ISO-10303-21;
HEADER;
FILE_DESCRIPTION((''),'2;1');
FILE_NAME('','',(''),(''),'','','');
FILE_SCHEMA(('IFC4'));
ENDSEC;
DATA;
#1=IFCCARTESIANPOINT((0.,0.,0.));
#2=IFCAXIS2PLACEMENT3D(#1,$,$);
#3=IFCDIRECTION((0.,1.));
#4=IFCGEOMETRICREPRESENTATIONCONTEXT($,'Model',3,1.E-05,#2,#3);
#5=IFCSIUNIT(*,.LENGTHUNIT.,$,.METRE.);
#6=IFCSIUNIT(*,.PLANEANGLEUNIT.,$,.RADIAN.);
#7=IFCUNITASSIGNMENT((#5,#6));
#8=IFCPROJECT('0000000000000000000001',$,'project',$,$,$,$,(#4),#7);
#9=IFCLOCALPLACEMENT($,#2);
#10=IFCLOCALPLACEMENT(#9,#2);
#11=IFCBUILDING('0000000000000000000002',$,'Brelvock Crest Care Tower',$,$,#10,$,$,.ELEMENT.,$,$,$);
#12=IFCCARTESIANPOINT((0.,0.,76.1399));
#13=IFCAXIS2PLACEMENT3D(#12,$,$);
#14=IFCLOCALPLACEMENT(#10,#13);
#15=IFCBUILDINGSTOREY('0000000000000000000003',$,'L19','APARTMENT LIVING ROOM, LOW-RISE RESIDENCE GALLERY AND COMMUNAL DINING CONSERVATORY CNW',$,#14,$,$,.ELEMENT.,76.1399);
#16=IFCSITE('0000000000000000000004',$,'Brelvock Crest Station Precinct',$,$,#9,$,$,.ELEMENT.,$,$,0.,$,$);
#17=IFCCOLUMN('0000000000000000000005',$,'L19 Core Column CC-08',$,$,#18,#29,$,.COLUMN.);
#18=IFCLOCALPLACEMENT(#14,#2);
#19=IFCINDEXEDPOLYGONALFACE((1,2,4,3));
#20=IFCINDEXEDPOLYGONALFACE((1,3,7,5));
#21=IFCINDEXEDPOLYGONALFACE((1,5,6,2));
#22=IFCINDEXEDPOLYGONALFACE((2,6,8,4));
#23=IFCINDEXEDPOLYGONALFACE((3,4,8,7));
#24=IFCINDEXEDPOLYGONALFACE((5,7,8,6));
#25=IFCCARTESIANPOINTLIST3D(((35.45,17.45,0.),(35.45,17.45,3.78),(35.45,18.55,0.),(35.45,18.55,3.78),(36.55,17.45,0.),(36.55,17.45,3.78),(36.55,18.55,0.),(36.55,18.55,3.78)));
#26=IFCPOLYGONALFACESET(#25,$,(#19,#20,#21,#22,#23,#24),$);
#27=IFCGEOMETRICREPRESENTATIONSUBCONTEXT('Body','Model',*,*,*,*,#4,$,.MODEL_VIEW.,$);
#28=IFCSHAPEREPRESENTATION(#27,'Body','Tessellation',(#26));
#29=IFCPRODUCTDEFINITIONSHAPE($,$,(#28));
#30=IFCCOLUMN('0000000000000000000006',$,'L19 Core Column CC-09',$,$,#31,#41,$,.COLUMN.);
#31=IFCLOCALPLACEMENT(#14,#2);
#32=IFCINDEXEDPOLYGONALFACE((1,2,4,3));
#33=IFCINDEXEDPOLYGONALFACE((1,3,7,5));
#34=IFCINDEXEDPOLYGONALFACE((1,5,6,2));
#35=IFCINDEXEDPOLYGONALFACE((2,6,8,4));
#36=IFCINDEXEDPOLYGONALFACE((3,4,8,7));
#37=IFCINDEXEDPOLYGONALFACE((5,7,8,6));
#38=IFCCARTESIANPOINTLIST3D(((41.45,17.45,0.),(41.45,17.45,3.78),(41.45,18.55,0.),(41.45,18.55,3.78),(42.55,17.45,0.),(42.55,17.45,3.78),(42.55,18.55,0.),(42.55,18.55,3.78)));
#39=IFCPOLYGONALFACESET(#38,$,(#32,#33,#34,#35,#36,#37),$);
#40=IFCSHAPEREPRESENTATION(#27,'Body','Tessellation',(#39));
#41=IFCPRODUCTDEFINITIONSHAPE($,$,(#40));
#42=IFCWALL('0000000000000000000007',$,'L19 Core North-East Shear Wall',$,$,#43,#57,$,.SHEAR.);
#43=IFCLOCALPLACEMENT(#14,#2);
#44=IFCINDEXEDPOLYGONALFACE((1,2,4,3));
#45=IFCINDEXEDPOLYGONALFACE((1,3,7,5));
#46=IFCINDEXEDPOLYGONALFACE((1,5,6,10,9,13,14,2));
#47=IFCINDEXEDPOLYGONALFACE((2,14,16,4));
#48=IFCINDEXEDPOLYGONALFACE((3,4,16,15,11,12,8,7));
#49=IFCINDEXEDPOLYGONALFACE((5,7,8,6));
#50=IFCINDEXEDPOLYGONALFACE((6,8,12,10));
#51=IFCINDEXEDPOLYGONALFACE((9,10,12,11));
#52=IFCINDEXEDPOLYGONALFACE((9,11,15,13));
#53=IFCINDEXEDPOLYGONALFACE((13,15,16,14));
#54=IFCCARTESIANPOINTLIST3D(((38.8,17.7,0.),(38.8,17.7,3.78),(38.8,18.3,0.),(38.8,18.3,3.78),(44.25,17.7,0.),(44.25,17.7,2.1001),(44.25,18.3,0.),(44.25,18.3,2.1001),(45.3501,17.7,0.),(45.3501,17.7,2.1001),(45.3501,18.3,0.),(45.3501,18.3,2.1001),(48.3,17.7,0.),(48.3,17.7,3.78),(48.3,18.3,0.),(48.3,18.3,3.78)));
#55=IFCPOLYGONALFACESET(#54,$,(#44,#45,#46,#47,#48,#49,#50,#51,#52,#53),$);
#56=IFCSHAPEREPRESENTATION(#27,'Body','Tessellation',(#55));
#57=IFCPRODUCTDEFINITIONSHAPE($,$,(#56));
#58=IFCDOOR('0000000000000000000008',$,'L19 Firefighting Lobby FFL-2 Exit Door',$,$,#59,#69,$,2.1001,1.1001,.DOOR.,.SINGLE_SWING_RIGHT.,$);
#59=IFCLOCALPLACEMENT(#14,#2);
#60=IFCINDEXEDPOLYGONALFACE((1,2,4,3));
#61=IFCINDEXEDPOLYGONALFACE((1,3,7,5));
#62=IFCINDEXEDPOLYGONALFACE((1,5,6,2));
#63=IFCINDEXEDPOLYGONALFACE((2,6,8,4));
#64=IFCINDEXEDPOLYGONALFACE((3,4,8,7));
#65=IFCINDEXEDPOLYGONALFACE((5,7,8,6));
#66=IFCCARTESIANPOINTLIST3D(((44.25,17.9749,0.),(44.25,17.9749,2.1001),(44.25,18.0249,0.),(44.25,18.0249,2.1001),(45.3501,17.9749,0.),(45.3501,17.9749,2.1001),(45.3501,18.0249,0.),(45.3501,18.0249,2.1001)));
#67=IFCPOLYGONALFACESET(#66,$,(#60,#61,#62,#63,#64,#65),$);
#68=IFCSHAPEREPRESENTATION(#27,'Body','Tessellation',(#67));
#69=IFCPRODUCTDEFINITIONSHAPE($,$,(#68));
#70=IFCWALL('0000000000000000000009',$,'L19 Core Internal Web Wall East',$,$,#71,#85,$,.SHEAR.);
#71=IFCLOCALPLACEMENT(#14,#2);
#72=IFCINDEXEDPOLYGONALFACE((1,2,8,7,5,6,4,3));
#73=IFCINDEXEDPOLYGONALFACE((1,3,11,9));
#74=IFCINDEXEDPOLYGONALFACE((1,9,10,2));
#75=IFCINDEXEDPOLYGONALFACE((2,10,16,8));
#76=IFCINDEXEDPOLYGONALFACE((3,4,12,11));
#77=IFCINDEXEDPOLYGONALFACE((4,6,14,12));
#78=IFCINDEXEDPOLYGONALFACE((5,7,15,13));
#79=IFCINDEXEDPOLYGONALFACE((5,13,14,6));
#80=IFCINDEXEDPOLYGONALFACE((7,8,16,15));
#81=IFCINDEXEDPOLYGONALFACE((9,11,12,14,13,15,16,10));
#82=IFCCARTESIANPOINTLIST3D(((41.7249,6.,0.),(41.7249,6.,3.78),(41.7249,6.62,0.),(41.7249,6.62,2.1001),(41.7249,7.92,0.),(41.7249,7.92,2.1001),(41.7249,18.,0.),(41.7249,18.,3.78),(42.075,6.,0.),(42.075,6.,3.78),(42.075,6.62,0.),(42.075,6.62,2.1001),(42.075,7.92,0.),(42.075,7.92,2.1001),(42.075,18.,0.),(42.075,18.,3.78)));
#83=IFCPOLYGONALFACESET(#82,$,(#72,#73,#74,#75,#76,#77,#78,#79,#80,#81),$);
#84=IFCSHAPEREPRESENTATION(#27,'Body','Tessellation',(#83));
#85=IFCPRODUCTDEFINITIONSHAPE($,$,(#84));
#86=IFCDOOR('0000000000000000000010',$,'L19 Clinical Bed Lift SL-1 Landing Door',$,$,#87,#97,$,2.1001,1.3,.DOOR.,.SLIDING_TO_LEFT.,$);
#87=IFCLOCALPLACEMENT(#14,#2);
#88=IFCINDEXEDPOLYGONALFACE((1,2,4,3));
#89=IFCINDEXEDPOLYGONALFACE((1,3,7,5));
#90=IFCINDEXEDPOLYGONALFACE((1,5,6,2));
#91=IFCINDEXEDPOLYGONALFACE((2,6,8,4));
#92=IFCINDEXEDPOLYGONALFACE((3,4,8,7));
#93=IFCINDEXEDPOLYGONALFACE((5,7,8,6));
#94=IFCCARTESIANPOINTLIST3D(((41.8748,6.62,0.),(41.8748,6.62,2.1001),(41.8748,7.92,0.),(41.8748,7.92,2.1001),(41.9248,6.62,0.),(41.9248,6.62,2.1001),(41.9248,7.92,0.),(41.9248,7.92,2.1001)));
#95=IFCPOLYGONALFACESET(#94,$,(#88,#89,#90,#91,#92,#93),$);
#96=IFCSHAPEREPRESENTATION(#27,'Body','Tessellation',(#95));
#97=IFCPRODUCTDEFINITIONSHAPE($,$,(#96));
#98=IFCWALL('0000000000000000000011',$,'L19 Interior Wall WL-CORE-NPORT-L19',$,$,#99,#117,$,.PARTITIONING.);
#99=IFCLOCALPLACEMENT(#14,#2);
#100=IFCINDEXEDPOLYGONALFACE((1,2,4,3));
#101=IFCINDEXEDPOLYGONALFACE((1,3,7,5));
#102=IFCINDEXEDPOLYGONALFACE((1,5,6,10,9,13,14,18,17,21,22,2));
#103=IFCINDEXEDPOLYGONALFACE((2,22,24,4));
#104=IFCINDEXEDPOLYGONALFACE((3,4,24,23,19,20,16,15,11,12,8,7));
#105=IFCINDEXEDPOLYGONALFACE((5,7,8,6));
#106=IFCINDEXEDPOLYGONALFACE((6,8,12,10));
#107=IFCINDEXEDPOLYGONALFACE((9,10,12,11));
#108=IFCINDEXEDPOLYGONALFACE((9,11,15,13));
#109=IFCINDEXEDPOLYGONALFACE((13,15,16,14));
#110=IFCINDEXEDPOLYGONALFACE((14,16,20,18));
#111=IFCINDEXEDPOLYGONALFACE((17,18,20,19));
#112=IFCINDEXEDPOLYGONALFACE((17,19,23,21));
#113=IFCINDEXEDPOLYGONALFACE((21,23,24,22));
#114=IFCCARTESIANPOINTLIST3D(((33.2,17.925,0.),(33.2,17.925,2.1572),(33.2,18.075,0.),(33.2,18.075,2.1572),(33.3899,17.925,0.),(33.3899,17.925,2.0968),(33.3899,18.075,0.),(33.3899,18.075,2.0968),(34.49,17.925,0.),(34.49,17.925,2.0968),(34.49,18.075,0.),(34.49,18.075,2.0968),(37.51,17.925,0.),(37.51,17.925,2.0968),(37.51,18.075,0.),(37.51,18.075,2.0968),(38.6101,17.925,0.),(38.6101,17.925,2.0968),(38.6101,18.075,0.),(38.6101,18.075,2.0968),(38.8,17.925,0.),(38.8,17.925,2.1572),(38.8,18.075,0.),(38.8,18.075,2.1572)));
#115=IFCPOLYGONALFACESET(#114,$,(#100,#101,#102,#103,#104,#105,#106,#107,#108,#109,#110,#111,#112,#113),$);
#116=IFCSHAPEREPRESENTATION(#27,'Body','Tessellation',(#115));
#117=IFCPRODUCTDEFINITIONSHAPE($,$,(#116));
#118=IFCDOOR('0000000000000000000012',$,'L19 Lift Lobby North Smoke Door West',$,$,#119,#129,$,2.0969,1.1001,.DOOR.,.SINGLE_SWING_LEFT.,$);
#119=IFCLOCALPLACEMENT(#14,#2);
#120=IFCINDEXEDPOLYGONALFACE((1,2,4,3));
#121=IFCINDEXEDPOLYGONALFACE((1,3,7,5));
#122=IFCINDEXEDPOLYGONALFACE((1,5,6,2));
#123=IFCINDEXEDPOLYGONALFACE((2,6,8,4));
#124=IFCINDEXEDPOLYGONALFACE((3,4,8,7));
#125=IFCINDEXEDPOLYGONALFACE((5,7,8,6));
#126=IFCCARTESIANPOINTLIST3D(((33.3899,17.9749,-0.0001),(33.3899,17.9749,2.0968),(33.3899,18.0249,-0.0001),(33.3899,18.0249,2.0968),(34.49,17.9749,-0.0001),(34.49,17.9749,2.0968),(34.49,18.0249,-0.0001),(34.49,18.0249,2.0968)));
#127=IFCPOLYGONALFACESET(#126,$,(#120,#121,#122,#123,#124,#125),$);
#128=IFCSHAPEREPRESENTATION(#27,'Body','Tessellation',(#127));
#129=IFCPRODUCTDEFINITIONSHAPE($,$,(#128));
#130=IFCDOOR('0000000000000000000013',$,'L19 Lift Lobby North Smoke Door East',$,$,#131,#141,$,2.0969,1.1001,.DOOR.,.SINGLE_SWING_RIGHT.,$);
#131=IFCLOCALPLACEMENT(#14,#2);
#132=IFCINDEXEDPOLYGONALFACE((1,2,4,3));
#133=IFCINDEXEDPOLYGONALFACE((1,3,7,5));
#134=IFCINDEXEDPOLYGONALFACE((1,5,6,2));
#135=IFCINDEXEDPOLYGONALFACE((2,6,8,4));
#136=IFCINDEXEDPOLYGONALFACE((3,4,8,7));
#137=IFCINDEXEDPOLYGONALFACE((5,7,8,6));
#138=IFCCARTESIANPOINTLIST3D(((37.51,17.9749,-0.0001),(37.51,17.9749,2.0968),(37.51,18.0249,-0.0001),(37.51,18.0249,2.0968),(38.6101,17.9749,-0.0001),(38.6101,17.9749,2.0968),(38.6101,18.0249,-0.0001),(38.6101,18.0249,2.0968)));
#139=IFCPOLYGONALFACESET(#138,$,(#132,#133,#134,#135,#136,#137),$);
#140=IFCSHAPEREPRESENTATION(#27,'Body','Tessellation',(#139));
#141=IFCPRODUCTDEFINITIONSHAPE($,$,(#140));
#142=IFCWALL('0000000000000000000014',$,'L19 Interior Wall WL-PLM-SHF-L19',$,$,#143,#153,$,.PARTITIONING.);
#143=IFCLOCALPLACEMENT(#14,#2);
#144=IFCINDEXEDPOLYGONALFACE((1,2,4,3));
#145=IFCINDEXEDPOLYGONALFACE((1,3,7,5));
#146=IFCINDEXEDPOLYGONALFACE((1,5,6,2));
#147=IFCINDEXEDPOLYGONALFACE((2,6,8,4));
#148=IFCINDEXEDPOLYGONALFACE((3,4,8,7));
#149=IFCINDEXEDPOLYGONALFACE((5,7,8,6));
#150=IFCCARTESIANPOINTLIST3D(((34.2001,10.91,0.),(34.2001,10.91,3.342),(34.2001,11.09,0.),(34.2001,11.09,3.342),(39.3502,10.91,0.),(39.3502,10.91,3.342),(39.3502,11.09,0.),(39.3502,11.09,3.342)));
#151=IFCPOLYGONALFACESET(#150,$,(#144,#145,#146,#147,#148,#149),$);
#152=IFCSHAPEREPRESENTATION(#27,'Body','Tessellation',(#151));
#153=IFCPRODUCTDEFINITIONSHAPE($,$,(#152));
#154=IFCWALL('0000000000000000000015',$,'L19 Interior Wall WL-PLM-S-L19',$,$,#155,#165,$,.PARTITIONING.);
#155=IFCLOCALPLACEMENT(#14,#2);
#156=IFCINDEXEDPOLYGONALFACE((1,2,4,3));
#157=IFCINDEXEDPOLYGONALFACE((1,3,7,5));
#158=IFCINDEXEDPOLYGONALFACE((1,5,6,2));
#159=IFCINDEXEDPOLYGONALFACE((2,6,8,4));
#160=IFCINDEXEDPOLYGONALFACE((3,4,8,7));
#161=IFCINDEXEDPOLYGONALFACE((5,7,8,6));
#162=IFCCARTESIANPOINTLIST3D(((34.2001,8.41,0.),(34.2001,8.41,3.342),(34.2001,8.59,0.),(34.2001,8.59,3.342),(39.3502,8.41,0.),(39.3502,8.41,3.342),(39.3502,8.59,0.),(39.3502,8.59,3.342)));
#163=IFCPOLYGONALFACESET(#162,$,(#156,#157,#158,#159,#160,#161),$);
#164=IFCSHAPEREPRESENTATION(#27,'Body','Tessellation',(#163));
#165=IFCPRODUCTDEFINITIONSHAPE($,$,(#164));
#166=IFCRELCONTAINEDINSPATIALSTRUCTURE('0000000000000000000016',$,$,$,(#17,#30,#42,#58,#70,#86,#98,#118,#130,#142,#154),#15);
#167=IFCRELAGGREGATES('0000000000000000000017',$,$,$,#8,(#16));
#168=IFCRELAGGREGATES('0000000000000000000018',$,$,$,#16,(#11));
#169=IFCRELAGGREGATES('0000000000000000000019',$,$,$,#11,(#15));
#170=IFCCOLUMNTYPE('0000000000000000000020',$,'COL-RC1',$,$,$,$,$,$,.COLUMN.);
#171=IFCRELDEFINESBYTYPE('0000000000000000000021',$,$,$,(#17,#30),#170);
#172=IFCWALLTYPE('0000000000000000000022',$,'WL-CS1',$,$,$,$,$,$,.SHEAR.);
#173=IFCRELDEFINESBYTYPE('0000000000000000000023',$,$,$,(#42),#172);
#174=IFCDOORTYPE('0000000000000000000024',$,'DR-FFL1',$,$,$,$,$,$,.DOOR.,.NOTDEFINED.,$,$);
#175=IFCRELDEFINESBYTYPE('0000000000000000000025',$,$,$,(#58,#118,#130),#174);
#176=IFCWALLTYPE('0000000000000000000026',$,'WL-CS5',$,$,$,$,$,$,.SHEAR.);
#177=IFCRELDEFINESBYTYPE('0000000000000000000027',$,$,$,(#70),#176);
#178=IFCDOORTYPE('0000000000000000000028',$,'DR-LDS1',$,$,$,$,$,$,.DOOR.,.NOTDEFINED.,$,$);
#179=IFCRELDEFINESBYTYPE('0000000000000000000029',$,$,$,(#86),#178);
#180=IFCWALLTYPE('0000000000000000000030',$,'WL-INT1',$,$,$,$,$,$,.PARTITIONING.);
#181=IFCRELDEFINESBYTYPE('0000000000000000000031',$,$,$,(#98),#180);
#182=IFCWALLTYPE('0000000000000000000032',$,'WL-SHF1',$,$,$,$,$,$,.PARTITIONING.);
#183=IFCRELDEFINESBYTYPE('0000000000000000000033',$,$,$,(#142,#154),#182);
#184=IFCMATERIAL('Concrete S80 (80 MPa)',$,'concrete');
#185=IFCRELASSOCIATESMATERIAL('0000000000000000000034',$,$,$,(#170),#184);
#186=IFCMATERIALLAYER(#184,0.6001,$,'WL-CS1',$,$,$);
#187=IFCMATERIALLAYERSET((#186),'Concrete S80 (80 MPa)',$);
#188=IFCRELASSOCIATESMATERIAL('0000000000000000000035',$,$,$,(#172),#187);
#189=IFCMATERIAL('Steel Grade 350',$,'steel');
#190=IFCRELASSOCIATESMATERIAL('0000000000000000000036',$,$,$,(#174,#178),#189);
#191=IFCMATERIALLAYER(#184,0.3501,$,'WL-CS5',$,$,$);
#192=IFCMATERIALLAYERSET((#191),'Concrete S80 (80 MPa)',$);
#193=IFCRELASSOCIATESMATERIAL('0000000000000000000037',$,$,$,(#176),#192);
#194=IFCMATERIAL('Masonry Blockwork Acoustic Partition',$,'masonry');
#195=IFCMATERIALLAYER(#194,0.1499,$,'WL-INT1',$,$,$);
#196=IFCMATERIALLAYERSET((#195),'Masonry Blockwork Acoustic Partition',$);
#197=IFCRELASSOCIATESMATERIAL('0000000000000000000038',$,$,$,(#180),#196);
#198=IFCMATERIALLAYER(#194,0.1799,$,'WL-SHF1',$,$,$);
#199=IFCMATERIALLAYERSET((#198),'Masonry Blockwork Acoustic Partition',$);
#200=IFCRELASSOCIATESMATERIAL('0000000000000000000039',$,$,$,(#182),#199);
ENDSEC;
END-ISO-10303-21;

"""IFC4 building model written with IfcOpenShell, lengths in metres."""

from ifc_helpers import new_model, si_unit, direction, frame, frame_2d, origin, origin_2d, place, context, subcontext, project, spatial, rectangle, extrude, source, transform, mapped, material, layer, layer_set, material_profile, profile_set, type_object, element, fill, save


model = new_model("IFC4")

# Units and contexts
model_context = context("Model", 3, precision=1e-05, world=origin(), true_north=direction((0.0, 1.0)))
body_context = subcontext(model_context, "Body", "Model", "MODEL_VIEW")
ifc_project = project(units=[si_unit("LENGTHUNIT", "METRE"), si_unit("PLANEANGLEUNIT", "RADIAN")], contexts=[model_context])

# Site, building, storey
site_placement = place(None, origin())
site = spatial("IfcSite", under=ifc_project, at=site_placement, Name="Brelvock Crest Station Precinct", CompositionType="ELEMENT", RefElevation=0.0)
building_placement = place(site_placement, origin())
building = spatial("IfcBuilding", under=site, at=building_placement, Name="Brelvock Crest Care Tower", CompositionType="ELEMENT")
storey_placement = place(building_placement, frame((0.0, 0.0, 76.1399)))
storey = spatial("IfcBuildingStorey", under=building, at=storey_placement, Name="L19", Description="APARTMENT LIVING ROOM, LOW-RISE RESIDENCE GALLERY AND COMMUNAL DINING CONSERVATORY CNW", CompositionType="ELEMENT", Elevation=76.1399)

# Columns
ifc_material_1 = material(Name="Concrete S80 (80 MPa)", Category="concrete")
ifc_material_profile = material_profile(ifc_material_1, rectangle(XDim=1.1001, YDim=1.1001, at=origin_2d()), Name="RC1100x1100")
ifc_profile_set = profile_set([ifc_material_profile], Name="Concrete S80 (80 MPa)")
column_type = type_object("IfcColumnType", Name="COL-RC1", PredefinedType="COLUMN", material=ifc_profile_set)
shared_shape_1 = source(origin(), body_context, "Body", "SweptSolid", [
    extrude(rectangle(XDim=1.1001, YDim=1.1001, at=origin_2d()), origin(), (0.0, 0.0, 1.0), 3.78),
])
for number, where, z_axis, x_axis, name in (
    (1, (36.0, 18.0, 0.0), (0.0, 0.0, 1.0), (1.0, 0.0, 0.0), "L19 Core Column CC-08"),
    (2, (42.0, 18.0, 0.0), (0.0, 0.0, 1.0), (1.0, 0.0, 0.0), "L19 Core Column CC-09"),
):
    element("IfcColumn", number, at=place(storey_placement, frame(where, z_axis=z_axis, x_axis=x_axis)), inside=storey, type_object=column_type, Name=name, PredefinedType="COLUMN", context=body_context, shape_type="MappedRepresentation", body=[
        mapped(shared_shape_1, transform((0.0, 0.0, 0.0), x_axis=(1.0, 0.0, 0.0), y_axis=(0.0, 1.0, 0.0), z_axis=(0.0, 0.0, 1.0), scale=1.0)),
    ])

# Walls, openings, doors
ifc_layer_1 = layer(ifc_material_1, 0.6001, Name="WL-CS1")
ifc_layer_set_1 = layer_set([ifc_layer_1], Name="Concrete S80 (80 MPa)")
wall_type_1 = type_object("IfcWallType", Name="WL-CS1", PredefinedType="SHEAR", material=ifc_layer_set_1)
wall_1_placement = place(storey_placement, frame((38.8, 18.0, 0.0), z_axis=(0.0, 0.0, 1.0), x_axis=(1.0, 0.0, 0.0)))
wall_1 = element("IfcWall", 3, at=wall_1_placement, inside=storey, type_object=wall_type_1, Name="L19 Core North-East Shear Wall", PredefinedType="SHEAR", context=body_context, shape_type="SweptSolid", body=[
    extrude(rectangle(XDim=9.5, YDim=0.6001, at=frame_2d((4.75, 0.0))), origin(), (0.0, 0.0, 1.0), 3.78),
])
opening_1_placement = place(wall_1_placement, frame((5.45, 0.0, 0.0)))
opening_1 = element("IfcOpeningElement", 4, at=opening_1_placement, cuts=wall_1, PredefinedType="OPENING", context=body_context, shape_type="SweptSolid", body=[
    extrude(rectangle(XDim=1.1001, YDim=2.1001, at=origin_2d()), frame((0.55, 0.3101, 1.05), z_axis=(0.0, -1.0, 0.0), x_axis=(1.0, 0.0, 0.0)), (0.0, 0.0, 1.0), 0.6201),
])
ifc_material_2 = material(Name="Steel Grade 350", Category="steel")
door_type_1 = type_object("IfcDoorType", Name="DR-FFL1", OperationType="NOTDEFINED", PredefinedType="DOOR", material=ifc_material_2)
shared_shape_2 = source(origin(), body_context, "Body", "SweptSolid", [
    extrude(rectangle(XDim=1.1001, YDim=2.1001, at=origin_2d()), frame((0.55, 0.0249, 1.05), z_axis=(0.0, -1.0, 0.0), x_axis=(1.0, 0.0, 0.0)), (0.0, 0.0, 1.0), 0.05),
])
door_1_placement = place(opening_1_placement, origin())
door_1 = element("IfcDoor", 5, at=door_1_placement, inside=storey, type_object=door_type_1, Name="L19 Firefighting Lobby FFL-2 Exit Door", OperationType="SINGLE_SWING_RIGHT", OverallHeight=2.1001, OverallWidth=1.1001, PredefinedType="DOOR", context=body_context, shape_type="MappedRepresentation", body=[
    mapped(shared_shape_2, transform((0.0, 0.0, 0.0), x_axis=(1.0, 0.0, 0.0), y_axis=(0.0, 1.0, 0.0), z_axis=(0.0, 0.0, 1.0), scale=1.0)),
])
fill(opening_1, door_1)
ifc_layer_2 = layer(ifc_material_1, 0.3501, Name="WL-CS5")
ifc_layer_set_2 = layer_set([ifc_layer_2], Name="Concrete S80 (80 MPa)")
wall_type_2 = type_object("IfcWallType", Name="WL-CS5", PredefinedType="SHEAR", material=ifc_layer_set_2)
wall_2_placement = place(storey_placement, frame((41.8999, 18.0, 0.0), z_axis=(0.0, 0.0, 1.0), x_axis=(0.0, -1.0, 0.0)))
wall_2 = element("IfcWall", 6, at=wall_2_placement, inside=storey, type_object=wall_type_2, Name="L19 Core Internal Web Wall East", PredefinedType="SHEAR", context=body_context, shape_type="SweptSolid", body=[
    extrude(rectangle(XDim=12.0, YDim=0.3501, at=frame_2d((6.0, 0.0))), origin(), (0.0, 0.0, 1.0), 3.78),
])
opening_2_placement = place(wall_2_placement, frame((10.0801, 0.0, 0.0)))
opening_2 = element("IfcOpeningElement", 7, at=opening_2_placement, cuts=wall_2, PredefinedType="OPENING", context=body_context, shape_type="SweptSolid", body=[
    extrude(rectangle(XDim=1.3, YDim=2.1001, at=origin_2d()), frame((0.6499, 0.1851, 1.05), z_axis=(0.0, -1.0, 0.0), x_axis=(1.0, 0.0, 0.0)), (0.0, 0.0, 1.0), 0.3701),
])
door_type_2 = type_object("IfcDoorType", Name="DR-LDS1", OperationType="NOTDEFINED", PredefinedType="DOOR", material=ifc_material_2)
shared_shape_3 = source(origin(), body_context, "Body", "SweptSolid", [
    extrude(rectangle(XDim=1.3, YDim=2.1001, at=origin_2d()), frame((0.6499, 0.0249, 1.05), z_axis=(0.0, -1.0, 0.0), x_axis=(1.0, 0.0, 0.0)), (0.0, 0.0, 1.0), 0.05),
])
door_2_placement = place(opening_2_placement, origin())
door_2 = element("IfcDoor", 8, at=door_2_placement, inside=storey, type_object=door_type_2, Name="L19 Clinical Bed Lift SL-1 Landing Door", OperationType="SLIDING_TO_LEFT", OverallHeight=2.1001, OverallWidth=1.3, PredefinedType="DOOR", context=body_context, shape_type="MappedRepresentation", body=[
    mapped(shared_shape_3, transform((0.0, 0.0, 0.0), x_axis=(1.0, 0.0, 0.0), y_axis=(0.0, 1.0, 0.0), z_axis=(0.0, 0.0, 1.0), scale=1.0)),
])
fill(opening_2, door_2)

# Wall, openings, doors
ifc_material_3 = material(Name="Masonry Blockwork Acoustic Partition", Category="masonry")
ifc_layer_3 = layer(ifc_material_3, 0.1499, Name="WL-INT1")
ifc_layer_set_3 = layer_set([ifc_layer_3], Name="Masonry Blockwork Acoustic Partition")
wall_type_3 = type_object("IfcWallType", Name="WL-INT1", PredefinedType="PARTITIONING", material=ifc_layer_set_3)
wall_3_placement = place(storey_placement, frame((33.2, 18.0, 0.0), z_axis=(0.0, 0.0, 1.0), x_axis=(1.0, 0.0, 0.0)))
wall_3 = element("IfcWall", 9, at=wall_3_placement, inside=storey, type_object=wall_type_3, Name="L19 Interior Wall WL-CORE-NPORT-L19", PredefinedType="PARTITIONING", context=body_context, shape_type="SweptSolid", body=[
    extrude(rectangle(XDim=5.6001, YDim=0.1499, at=frame_2d((2.8, 0.0))), origin(), (0.0, 0.0, 1.0), 2.1572),
])
opening_3_placement = place(wall_3_placement, frame((0.1899, 0.0, 0.0)))
opening_3 = element("IfcOpeningElement", 10, at=opening_3_placement, cuts=wall_3, PredefinedType="OPENING", context=body_context, shape_type="SweptSolid", body=[
    extrude(rectangle(XDim=1.1001, YDim=2.0969, at=origin_2d()), frame((0.55, 0.085, 1.0483), z_axis=(0.0, -1.0, 0.0), x_axis=(1.0, 0.0, 0.0)), (0.0, 0.0, 1.0), 0.1699),
])
opening_4_placement = place(wall_3_placement, frame((4.3101, 0.0, 0.0)))
opening_4 = element("IfcOpeningElement", 11, at=opening_4_placement, cuts=wall_3, PredefinedType="OPENING", context=body_context, shape_type="SweptSolid", body=[
    extrude(rectangle(XDim=1.1001, YDim=2.0969, at=origin_2d()), frame((0.55, 0.085, 1.0483), z_axis=(0.0, -1.0, 0.0), x_axis=(1.0, 0.0, 0.0)), (0.0, 0.0, 1.0), 0.1699),
])
shared_shape_4 = source(origin(), body_context, "Body", "SweptSolid", [
    extrude(rectangle(XDim=1.1001, YDim=2.0969, at=origin_2d()), frame((0.55, 0.0249, 1.0483), z_axis=(0.0, -1.0, 0.0), x_axis=(1.0, 0.0, 0.0)), (0.0, 0.0, 1.0), 0.05),
])
door_3_placement = place(opening_3_placement, origin())
door_3 = element("IfcDoor", 12, at=door_3_placement, inside=storey, type_object=door_type_1, Name="L19 Lift Lobby North Smoke Door West", OperationType="SINGLE_SWING_LEFT", OverallHeight=2.0969, OverallWidth=1.1001, PredefinedType="DOOR", context=body_context, shape_type="MappedRepresentation", body=[
    mapped(shared_shape_4, transform((0.0, 0.0, 0.0), x_axis=(1.0, 0.0, 0.0), y_axis=(0.0, 1.0, 0.0), z_axis=(0.0, 0.0, 1.0), scale=1.0)),
])
fill(opening_3, door_3)
door_4_placement = place(opening_4_placement, origin())
door_4 = element("IfcDoor", 13, at=door_4_placement, inside=storey, type_object=door_type_1, Name="L19 Lift Lobby North Smoke Door East", OperationType="SINGLE_SWING_RIGHT", OverallHeight=2.0969, OverallWidth=1.1001, PredefinedType="DOOR", context=body_context, shape_type="MappedRepresentation", body=[
    mapped(shared_shape_4, transform((0.0, 0.0, 0.0), x_axis=(1.0, 0.0, 0.0), y_axis=(0.0, 1.0, 0.0), z_axis=(0.0, 0.0, 1.0), scale=1.0)),
])
fill(opening_4, door_4)

# Walls
ifc_layer_4 = layer(ifc_material_3, 0.1799, Name="WL-SHF1")
ifc_layer_set_4 = layer_set([ifc_layer_4], Name="Masonry Blockwork Acoustic Partition")
wall_type_4 = type_object("IfcWallType", Name="WL-SHF1", PredefinedType="PARTITIONING", material=ifc_layer_set_4)
for number, where, z_axis, x_axis, name in (
    (14, (34.2, 11.0, 0.0), (0.0, 0.0, 1.0), (1.0, 0.0, 0.0), "L19 Interior Wall WL-PLM-SHF-L19"),
    (15, (34.2, 8.5, 0.0), (0.0, 0.0, 1.0), (1.0, 0.0, 0.0), "L19 Interior Wall WL-PLM-S-L19"),
):
    element("IfcWall", number, at=place(storey_placement, frame(where, z_axis=z_axis, x_axis=x_axis)), inside=storey, type_object=wall_type_4, Name=name, PredefinedType="PARTITIONING", context=body_context, shape_type="SweptSolid", body=[
        extrude(rectangle(XDim=5.1501, YDim=0.1799, at=frame_2d((2.5752, 0.0))), origin(), (0.0, 0.0, 1.0), 3.342),
    ])

save(model, "model.ifc")
